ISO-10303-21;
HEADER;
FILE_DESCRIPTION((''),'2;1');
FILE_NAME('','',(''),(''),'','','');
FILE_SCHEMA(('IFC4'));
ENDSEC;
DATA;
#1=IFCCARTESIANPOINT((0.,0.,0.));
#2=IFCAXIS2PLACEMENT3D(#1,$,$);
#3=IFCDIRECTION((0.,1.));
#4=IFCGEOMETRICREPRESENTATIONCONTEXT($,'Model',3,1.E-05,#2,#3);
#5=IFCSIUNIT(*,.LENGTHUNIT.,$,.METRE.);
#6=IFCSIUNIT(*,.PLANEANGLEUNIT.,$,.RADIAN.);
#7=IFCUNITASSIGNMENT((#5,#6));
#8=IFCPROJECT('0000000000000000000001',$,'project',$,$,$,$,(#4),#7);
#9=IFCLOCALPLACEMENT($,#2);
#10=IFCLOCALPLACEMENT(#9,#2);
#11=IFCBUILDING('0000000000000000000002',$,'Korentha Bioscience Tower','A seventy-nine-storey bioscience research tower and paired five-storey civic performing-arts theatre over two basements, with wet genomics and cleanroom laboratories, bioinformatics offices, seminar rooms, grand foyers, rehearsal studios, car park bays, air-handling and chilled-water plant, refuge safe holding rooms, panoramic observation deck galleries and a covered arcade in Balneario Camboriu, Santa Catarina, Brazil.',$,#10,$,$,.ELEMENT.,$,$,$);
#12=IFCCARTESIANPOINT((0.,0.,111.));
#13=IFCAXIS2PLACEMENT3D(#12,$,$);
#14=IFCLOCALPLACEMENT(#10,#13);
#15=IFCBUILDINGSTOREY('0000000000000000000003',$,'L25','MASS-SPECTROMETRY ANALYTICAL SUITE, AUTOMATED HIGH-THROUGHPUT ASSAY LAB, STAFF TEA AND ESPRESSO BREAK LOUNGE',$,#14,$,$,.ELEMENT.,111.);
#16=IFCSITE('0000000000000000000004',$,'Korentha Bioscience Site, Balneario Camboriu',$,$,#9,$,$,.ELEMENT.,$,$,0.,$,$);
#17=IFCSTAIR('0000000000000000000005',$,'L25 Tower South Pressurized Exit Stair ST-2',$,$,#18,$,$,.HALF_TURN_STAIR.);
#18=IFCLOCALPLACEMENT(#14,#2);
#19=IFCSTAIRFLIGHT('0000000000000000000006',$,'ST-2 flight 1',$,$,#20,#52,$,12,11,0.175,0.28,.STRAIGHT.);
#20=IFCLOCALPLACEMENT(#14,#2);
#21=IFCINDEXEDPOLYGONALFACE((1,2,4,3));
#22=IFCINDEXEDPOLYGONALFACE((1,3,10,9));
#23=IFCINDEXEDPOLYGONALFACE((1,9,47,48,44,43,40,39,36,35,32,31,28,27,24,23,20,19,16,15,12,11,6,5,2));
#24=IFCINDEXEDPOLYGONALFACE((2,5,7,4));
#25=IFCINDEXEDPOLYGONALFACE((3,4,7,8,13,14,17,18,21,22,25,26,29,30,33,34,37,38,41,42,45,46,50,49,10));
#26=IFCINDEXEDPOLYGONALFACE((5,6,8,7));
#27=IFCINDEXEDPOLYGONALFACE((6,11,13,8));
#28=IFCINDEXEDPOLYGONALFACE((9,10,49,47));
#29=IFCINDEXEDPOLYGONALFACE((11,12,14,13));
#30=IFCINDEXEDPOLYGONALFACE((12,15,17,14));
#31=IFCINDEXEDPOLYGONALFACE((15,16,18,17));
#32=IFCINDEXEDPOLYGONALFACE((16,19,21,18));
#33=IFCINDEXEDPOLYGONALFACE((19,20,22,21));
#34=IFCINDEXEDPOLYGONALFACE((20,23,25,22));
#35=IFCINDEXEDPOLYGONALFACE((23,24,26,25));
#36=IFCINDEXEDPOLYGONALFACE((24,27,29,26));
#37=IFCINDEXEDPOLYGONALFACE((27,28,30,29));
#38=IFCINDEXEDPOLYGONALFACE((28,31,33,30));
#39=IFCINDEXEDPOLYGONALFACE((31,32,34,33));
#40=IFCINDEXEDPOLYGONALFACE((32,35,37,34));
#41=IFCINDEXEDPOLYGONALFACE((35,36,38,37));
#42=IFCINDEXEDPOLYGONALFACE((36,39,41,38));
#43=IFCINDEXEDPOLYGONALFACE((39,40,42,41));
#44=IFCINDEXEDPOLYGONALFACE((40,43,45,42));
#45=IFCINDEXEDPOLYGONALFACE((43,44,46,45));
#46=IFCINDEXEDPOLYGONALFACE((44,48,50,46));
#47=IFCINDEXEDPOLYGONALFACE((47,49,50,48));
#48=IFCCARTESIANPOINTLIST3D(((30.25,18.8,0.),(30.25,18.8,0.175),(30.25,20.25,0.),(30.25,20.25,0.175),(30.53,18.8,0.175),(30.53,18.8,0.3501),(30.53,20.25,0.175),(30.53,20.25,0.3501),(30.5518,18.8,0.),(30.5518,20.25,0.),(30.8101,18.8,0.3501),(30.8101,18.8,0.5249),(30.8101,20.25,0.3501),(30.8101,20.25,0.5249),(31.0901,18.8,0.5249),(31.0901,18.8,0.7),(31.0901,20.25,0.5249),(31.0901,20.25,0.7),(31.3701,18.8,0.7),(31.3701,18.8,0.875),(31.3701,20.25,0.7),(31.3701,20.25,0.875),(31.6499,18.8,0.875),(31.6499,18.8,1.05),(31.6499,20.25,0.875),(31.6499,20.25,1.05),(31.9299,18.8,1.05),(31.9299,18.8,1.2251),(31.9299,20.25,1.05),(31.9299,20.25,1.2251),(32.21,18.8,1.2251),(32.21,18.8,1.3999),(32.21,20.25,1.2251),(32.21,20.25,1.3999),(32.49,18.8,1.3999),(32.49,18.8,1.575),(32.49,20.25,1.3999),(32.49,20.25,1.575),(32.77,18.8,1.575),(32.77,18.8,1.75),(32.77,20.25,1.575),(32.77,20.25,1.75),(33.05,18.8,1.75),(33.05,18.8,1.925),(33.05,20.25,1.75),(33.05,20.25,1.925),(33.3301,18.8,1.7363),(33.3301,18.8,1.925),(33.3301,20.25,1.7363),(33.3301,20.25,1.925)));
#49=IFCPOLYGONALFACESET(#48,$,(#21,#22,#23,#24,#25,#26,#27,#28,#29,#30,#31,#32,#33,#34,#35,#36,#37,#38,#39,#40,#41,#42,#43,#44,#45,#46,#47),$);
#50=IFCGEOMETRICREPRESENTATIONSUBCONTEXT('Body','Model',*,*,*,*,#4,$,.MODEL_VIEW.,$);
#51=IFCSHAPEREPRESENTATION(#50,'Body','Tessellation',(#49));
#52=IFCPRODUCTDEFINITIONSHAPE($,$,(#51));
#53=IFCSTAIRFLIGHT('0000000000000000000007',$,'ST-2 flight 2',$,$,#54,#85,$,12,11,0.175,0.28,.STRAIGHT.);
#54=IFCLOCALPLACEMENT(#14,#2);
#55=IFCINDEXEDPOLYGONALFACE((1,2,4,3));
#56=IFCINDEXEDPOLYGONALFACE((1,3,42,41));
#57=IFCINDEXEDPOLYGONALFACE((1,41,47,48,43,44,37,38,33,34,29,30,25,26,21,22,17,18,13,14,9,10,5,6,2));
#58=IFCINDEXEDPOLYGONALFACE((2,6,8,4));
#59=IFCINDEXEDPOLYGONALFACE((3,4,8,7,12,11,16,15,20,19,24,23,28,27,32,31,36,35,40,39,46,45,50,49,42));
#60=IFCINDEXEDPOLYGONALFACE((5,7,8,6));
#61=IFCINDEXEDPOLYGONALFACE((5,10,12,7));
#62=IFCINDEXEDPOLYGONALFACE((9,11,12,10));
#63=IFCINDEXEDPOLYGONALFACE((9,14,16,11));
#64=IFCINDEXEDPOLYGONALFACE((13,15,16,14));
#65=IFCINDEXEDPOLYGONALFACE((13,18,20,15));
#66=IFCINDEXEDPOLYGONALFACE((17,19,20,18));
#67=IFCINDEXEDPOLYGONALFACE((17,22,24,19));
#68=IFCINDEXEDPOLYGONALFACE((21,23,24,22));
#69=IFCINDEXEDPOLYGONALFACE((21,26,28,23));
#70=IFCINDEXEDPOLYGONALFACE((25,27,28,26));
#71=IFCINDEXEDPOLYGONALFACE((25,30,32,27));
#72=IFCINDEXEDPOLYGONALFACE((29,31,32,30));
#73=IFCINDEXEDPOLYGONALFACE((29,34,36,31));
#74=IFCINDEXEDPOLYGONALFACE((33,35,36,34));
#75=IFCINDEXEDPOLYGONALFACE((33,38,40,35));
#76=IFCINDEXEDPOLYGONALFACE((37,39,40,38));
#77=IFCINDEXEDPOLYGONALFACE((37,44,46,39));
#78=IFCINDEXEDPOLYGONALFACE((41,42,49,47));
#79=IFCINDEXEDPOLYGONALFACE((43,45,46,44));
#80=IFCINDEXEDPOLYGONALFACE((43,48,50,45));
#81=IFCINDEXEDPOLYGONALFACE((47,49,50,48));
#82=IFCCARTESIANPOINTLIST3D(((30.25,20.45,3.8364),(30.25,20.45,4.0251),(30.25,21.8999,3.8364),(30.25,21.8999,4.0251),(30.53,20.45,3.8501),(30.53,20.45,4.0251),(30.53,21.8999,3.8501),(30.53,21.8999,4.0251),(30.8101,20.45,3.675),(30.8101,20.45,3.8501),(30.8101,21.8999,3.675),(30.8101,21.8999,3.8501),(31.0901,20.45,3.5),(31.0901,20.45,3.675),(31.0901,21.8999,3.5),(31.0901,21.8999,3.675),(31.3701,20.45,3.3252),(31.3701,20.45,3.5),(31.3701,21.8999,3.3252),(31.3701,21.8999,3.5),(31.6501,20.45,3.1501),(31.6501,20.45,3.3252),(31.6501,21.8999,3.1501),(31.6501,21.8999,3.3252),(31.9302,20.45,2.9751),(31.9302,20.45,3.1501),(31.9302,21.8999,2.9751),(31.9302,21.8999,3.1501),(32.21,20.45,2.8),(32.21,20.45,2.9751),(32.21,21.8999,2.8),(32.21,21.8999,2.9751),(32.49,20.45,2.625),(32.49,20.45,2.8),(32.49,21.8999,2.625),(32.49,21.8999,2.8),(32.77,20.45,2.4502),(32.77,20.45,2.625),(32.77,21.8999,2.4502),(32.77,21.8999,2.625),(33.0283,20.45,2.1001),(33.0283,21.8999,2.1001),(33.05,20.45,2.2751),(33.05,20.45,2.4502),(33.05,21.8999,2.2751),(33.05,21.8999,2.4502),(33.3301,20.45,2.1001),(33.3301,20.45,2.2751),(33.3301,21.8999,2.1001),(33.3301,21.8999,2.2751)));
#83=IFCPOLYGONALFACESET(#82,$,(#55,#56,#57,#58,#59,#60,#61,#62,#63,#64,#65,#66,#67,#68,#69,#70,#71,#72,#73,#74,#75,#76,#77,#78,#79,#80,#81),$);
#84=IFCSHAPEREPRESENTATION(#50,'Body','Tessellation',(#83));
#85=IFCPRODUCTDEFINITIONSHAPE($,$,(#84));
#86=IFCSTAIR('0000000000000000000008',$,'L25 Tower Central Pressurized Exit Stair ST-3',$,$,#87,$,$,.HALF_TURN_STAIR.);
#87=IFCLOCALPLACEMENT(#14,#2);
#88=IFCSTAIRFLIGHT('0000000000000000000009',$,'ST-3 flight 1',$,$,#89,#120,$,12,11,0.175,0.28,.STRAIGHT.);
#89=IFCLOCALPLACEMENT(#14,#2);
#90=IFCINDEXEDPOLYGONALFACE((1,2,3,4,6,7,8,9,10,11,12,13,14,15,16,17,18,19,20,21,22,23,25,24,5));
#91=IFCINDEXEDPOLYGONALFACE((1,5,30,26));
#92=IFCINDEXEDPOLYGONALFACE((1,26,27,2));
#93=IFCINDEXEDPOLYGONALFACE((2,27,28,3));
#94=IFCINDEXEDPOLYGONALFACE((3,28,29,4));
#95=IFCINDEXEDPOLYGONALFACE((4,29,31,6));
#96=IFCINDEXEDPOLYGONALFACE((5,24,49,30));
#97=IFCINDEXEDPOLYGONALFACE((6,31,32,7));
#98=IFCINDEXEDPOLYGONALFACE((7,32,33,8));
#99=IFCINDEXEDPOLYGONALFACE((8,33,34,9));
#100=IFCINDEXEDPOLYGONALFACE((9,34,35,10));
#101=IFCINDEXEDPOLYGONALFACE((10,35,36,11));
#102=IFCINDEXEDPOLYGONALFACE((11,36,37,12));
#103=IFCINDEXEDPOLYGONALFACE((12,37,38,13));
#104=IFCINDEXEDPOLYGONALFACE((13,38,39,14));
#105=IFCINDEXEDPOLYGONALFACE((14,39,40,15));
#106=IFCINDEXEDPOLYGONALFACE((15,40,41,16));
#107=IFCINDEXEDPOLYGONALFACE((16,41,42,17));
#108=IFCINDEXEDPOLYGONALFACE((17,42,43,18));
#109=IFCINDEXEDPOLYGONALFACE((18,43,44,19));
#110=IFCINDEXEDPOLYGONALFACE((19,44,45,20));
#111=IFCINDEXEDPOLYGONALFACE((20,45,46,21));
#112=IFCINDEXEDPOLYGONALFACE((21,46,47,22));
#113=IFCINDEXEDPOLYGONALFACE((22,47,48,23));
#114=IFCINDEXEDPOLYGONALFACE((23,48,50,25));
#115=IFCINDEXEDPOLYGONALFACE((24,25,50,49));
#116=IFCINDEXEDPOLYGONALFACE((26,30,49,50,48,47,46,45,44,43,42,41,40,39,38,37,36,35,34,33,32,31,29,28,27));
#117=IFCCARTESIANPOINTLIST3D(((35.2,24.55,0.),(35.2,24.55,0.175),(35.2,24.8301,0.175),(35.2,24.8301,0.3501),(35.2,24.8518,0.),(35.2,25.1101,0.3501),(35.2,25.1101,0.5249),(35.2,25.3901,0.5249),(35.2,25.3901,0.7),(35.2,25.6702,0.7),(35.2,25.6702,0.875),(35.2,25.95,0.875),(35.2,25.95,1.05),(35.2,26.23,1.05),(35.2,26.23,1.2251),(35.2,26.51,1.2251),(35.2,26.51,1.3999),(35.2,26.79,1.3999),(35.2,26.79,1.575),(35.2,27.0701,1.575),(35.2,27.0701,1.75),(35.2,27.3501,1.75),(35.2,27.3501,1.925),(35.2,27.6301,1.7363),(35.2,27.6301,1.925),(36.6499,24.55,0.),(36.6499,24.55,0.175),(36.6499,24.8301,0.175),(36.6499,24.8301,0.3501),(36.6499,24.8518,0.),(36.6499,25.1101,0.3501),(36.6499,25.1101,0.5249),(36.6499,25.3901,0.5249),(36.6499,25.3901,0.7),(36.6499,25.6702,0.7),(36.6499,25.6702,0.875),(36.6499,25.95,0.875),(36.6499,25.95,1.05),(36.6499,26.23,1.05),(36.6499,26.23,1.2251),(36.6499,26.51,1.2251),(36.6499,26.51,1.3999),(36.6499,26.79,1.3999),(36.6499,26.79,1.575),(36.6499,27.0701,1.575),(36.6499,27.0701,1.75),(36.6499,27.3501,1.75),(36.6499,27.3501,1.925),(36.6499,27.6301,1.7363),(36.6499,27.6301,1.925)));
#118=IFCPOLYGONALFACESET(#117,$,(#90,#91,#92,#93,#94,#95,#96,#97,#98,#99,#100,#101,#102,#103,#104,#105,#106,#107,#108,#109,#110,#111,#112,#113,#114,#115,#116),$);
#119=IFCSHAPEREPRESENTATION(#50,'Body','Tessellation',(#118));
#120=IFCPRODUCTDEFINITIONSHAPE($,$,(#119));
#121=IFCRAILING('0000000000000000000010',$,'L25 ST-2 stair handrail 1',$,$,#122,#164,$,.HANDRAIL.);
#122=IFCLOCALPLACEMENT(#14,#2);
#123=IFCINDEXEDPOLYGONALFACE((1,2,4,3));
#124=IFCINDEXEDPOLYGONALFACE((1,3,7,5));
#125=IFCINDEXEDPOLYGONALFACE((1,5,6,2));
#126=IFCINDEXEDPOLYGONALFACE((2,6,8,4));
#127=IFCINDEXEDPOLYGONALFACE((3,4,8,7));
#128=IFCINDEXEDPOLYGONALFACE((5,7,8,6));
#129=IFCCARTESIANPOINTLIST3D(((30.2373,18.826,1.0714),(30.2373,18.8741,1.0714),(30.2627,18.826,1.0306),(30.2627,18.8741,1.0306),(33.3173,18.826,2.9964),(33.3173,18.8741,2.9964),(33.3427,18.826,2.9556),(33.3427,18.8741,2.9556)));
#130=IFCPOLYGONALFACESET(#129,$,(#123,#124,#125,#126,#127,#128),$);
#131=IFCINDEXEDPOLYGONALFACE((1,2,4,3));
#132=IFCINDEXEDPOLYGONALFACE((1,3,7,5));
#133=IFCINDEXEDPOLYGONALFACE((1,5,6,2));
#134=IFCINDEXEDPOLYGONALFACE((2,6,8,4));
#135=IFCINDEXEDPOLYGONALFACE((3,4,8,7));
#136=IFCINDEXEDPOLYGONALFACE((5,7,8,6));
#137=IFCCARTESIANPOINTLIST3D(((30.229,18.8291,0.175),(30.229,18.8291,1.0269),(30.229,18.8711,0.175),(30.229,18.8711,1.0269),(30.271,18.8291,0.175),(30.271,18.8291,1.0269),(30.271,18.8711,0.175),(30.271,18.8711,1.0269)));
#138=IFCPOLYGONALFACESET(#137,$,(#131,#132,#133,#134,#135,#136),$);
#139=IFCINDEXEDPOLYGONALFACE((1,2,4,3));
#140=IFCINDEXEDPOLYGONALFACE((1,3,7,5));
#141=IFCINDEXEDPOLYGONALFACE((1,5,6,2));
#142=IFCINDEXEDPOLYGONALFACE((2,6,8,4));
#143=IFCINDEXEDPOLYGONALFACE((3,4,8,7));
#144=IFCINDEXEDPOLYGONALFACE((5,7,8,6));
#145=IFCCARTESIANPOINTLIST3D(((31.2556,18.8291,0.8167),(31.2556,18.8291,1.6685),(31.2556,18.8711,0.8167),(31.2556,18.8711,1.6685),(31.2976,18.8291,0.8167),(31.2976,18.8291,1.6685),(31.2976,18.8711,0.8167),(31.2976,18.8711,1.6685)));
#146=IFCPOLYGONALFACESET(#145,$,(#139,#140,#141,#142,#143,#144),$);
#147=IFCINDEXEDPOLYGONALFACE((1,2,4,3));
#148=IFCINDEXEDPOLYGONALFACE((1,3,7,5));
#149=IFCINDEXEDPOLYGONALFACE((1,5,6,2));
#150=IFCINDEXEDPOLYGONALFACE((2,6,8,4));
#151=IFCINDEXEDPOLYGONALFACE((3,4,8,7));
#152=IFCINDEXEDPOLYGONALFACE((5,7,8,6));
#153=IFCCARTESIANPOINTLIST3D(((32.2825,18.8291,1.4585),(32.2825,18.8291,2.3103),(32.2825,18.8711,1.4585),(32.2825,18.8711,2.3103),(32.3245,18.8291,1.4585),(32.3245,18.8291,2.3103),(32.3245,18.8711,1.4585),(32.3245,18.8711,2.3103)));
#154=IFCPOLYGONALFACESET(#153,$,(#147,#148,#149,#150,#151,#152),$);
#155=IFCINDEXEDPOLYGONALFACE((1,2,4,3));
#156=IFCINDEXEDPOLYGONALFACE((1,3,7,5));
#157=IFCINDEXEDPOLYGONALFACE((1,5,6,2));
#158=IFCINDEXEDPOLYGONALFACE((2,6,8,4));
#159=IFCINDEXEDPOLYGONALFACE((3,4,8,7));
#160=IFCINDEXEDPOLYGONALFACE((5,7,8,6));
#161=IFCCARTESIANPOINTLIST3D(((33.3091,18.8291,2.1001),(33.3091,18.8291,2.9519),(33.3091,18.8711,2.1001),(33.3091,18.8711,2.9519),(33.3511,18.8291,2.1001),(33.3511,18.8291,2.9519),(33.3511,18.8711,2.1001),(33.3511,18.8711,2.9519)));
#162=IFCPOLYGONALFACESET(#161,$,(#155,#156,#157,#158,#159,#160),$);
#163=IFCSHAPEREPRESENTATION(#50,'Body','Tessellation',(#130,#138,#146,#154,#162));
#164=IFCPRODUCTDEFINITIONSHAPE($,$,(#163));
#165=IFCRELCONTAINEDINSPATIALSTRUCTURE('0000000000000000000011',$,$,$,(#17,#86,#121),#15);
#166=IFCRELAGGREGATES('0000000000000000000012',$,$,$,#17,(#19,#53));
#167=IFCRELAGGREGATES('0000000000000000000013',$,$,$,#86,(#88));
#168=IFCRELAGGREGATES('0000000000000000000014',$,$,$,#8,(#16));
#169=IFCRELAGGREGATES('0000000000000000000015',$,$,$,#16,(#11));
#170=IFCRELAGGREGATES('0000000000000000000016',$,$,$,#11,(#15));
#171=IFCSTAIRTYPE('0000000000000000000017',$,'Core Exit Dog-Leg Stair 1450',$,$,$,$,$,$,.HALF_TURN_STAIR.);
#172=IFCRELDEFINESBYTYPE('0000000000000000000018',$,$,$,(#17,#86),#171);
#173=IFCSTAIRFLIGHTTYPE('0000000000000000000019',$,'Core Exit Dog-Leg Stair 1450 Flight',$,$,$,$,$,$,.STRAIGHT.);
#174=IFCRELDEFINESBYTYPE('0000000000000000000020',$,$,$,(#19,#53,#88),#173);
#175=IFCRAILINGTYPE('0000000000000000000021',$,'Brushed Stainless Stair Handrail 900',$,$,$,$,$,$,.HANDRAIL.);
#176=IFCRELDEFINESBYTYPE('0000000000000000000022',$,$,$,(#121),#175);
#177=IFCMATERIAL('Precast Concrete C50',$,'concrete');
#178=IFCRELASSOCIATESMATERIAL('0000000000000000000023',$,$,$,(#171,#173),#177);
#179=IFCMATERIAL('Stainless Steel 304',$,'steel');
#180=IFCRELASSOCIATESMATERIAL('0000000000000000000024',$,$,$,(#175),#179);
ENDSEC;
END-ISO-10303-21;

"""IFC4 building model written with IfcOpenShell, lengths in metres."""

from ifc_helpers import new_model, si_unit, direction, frame, origin, origin_2d, place, context, subcontext, project, spatial, polyline, rectangle, outline, extrude, material, type_object, element, aggregate, save


model = new_model("IFC4")

# Units and contexts
model_context = context("Model", 3, precision=1e-05, world=origin(), true_north=direction((0.0, 1.0)))
body_context = subcontext(model_context, "Body", "Model", "MODEL_VIEW")
ifc_project = project(units=[si_unit("LENGTHUNIT", "METRE"), si_unit("PLANEANGLEUNIT", "RADIAN")], contexts=[model_context])

# Site, building, storey
site_placement = place(None, origin())
site = spatial("IfcSite", under=ifc_project, at=site_placement, Name="Korentha Bioscience Site, Balneario Camboriu", CompositionType="ELEMENT", RefElevation=0.0)
building_placement = place(site_placement, origin())
building = spatial("IfcBuilding", under=site, at=building_placement, Name="Korentha Bioscience Tower", Description="A seventy-nine-storey bioscience research tower and paired five-storey civic performing-arts theatre over two basements, with wet genomics and cleanroom laboratories, bioinformatics offices, seminar rooms, grand foyers, rehearsal studios, car park bays, air-handling and chilled-water plant, refuge safe holding rooms, panoramic observation deck galleries and a covered arcade in Balneario Camboriu, Santa Catarina, Brazil.", CompositionType="ELEMENT")
storey_placement = place(building_placement, frame((0.0, 0.0, 111.0)))
storey = spatial("IfcBuildingStorey", under=building, at=storey_placement, Name="L25", Description="MASS-SPECTROMETRY ANALYTICAL SUITE, AUTOMATED HIGH-THROUGHPUT ASSAY LAB, STAFF TEA AND ESPRESSO BREAK LOUNGE", CompositionType="ELEMENT", Elevation=111.0)

# Stair, stair flights
ifc_material_1 = material(Name="Precast Concrete C50", Category="concrete")
stair_type = type_object("IfcStairType", Name="Core Exit Dog-Leg Stair 1450", PredefinedType="HALF_TURN_STAIR", material=ifc_material_1)
stair_1_placement = place(storey_placement, origin())
stair_1 = element("IfcStair", 1, at=stair_1_placement, inside=storey, type_object=stair_type, Name="L25 Tower South Pressurized Exit Stair ST-2", PredefinedType="HALF_TURN_STAIR")
stair_flight_type = type_object("IfcStairFlightType", Name="Core Exit Dog-Leg Stair 1450 Flight", PredefinedType="STRAIGHT", material=ifc_material_1)
stair_flight_1_placement = place(storey_placement, frame((30.25, 19.5249, 0.0), z_axis=(0.0, 0.0, 1.0), x_axis=(1.0, 0.0, 0.0)))
stair_flight_1 = element("IfcStairFlight", 2, at=stair_flight_1_placement, type_object=stair_flight_type, Name="ST-2 flight 1", NumberOfRisers=12, NumberOfTreads=11, PredefinedType="STRAIGHT", RiserHeight=0.175, TreadLength=0.28, context=body_context, shape_type="SweptSolid", body=[
    extrude(outline(polyline([(0.0, 0.0), (0.0, 0.175), (0.28, 0.175), (0.28, 0.3501), (0.5601, 0.3501), (0.5601, 0.5249), (0.8401, 0.5249), (0.8401, 0.7), (1.1201, 0.7), (1.1201, 0.875), (1.3999, 0.875), (1.3999, 1.05), (1.6799, 1.05), (1.6799, 1.2251), (1.96, 1.2251), (1.96, 1.3999), (2.24, 1.3999), (2.24, 1.575), (2.52, 1.575), (2.52, 1.75), (2.8, 1.75), (2.8, 1.925), (3.0801, 1.925), (3.0801, 2.1001), (3.0801, 1.7363), (0.3018, 0.0), (0.0, 0.0)])), frame((0.0, 0.7251, 0.0), z_axis=(0.0, -1.0, 0.0), x_axis=(1.0, 0.0, 0.0)), (0.0, 0.0, 1.0), 1.45),
])
stair_flight_2_placement = place(storey_placement, frame((33.3301, 21.175, 2.1001), z_axis=(0.0, 0.0, 1.0), x_axis=(-1.0, 0.0, 0.0)))
stair_flight_2 = element("IfcStairFlight", 3, at=stair_flight_2_placement, type_object=stair_flight_type, Name="ST-2 flight 2", NumberOfRisers=12, NumberOfTreads=11, PredefinedType="STRAIGHT", RiserHeight=0.175, TreadLength=0.28, context=body_context, shape_type="SweptSolid", body=[
    extrude(outline(polyline([(0.0, 0.0), (0.0, 0.175), (0.28, 0.175), (0.28, 0.3501), (0.5601, 0.3501), (0.5601, 0.5249), (0.8401, 0.5249), (0.8401, 0.7), (1.1201, 0.7), (1.1201, 0.875), (1.3999, 0.875), (1.3999, 1.05), (1.6799, 1.05), (1.6799, 1.2251), (1.96, 1.2251), (1.96, 1.3999), (2.24, 1.3999), (2.24, 1.575), (2.52, 1.575), (2.52, 1.75), (2.8, 1.75), (2.8, 1.925), (3.0801, 1.925), (3.0801, 2.1001), (3.0801, 1.7363), (0.3018, 0.0), (0.0, 0.0)])), frame((0.0, 0.7251, 0.0), z_axis=(0.0, -1.0, 0.0), x_axis=(1.0, 0.0, 0.0)), (0.0, 0.0, 1.0), 1.45),
])
aggregate(stair_1, [stair_flight_1, stair_flight_2])

# Stair, stair flight
stair_2_placement = place(storey_placement, origin())
stair_2 = element("IfcStair", 4, at=stair_2_placement, inside=storey, type_object=stair_type, Name="L25 Tower Central Pressurized Exit Stair ST-3", PredefinedType="HALF_TURN_STAIR")
stair_flight_3_placement = place(storey_placement, frame((35.925, 24.55, 0.0), z_axis=(0.0, 0.0, 1.0), x_axis=(0.0, 1.0, 0.0)))
stair_flight_3 = element("IfcStairFlight", 5, at=stair_flight_3_placement, type_object=stair_flight_type, Name="ST-3 flight 1", NumberOfRisers=12, NumberOfTreads=11, PredefinedType="STRAIGHT", RiserHeight=0.175, TreadLength=0.28, context=body_context, shape_type="SweptSolid", body=[
    extrude(outline(polyline([(0.0, 0.0), (0.0, 0.175), (0.28, 0.175), (0.28, 0.3501), (0.5601, 0.3501), (0.5601, 0.5249), (0.8401, 0.5249), (0.8401, 0.7), (1.1201, 0.7), (1.1201, 0.875), (1.3999, 0.875), (1.3999, 1.05), (1.6799, 1.05), (1.6799, 1.2251), (1.96, 1.2251), (1.96, 1.3999), (2.24, 1.3999), (2.24, 1.575), (2.52, 1.575), (2.52, 1.75), (2.8, 1.75), (2.8, 1.925), (3.0801, 1.925), (3.0801, 2.1001), (3.0801, 1.7363), (0.3018, 0.0), (0.0, 0.0)])), frame((0.0, 0.7251, 0.0), z_axis=(0.0, -1.0, 0.0), x_axis=(1.0, 0.0, 0.0)), (0.0, 0.0, 1.0), 1.45),
])
aggregate(stair_2, [stair_flight_3])

# Railing
ifc_material_2 = material(Name="Stainless Steel 304", Category="steel")
railing_type_1 = type_object("IfcRailingType", Name="Brushed Stainless Stair Handrail 900", PredefinedType="HANDRAIL", material=ifc_material_2)
railing_1_placement = place(storey_placement, frame((30.25, 18.8501, 0.175)))
element("IfcRailing", 6, at=railing_1_placement, inside=storey, type_object=railing_type_1, Name="L25 ST-2 stair handrail 1", PredefinedType="HANDRAIL", context=body_context, shape_type="SweptSolid", body=[
    extrude(rectangle(XDim=0.0481, YDim=0.0481, at=origin_2d()), frame((0.0, 0.0, 0.876), z_axis=(0.847998, 0.0, 0.529999), x_axis=(0.0, 1.0, 0.0)), (0.0, 0.0, 1.0), 3.6321),
    extrude(rectangle(XDim=0.042, YDim=0.042, at=origin_2d()), origin(), (0.0, 0.0, 1.0), 0.8518),
    extrude(rectangle(XDim=0.042, YDim=0.042, at=origin_2d()), frame((1.0266, 0.0, 0.6416)), (0.0, 0.0, 1.0), 0.8518),
    extrude(rectangle(XDim=0.042, YDim=0.042, at=origin_2d()), frame((2.0535, 0.0, 1.2834)), (0.0, 0.0, 1.0), 0.8518),
    extrude(rectangle(XDim=0.042, YDim=0.042, at=origin_2d()), frame((3.0801, 0.0, 1.925)), (0.0, 0.0, 1.0), 0.8518),
])

save(model, "model.ifc")
